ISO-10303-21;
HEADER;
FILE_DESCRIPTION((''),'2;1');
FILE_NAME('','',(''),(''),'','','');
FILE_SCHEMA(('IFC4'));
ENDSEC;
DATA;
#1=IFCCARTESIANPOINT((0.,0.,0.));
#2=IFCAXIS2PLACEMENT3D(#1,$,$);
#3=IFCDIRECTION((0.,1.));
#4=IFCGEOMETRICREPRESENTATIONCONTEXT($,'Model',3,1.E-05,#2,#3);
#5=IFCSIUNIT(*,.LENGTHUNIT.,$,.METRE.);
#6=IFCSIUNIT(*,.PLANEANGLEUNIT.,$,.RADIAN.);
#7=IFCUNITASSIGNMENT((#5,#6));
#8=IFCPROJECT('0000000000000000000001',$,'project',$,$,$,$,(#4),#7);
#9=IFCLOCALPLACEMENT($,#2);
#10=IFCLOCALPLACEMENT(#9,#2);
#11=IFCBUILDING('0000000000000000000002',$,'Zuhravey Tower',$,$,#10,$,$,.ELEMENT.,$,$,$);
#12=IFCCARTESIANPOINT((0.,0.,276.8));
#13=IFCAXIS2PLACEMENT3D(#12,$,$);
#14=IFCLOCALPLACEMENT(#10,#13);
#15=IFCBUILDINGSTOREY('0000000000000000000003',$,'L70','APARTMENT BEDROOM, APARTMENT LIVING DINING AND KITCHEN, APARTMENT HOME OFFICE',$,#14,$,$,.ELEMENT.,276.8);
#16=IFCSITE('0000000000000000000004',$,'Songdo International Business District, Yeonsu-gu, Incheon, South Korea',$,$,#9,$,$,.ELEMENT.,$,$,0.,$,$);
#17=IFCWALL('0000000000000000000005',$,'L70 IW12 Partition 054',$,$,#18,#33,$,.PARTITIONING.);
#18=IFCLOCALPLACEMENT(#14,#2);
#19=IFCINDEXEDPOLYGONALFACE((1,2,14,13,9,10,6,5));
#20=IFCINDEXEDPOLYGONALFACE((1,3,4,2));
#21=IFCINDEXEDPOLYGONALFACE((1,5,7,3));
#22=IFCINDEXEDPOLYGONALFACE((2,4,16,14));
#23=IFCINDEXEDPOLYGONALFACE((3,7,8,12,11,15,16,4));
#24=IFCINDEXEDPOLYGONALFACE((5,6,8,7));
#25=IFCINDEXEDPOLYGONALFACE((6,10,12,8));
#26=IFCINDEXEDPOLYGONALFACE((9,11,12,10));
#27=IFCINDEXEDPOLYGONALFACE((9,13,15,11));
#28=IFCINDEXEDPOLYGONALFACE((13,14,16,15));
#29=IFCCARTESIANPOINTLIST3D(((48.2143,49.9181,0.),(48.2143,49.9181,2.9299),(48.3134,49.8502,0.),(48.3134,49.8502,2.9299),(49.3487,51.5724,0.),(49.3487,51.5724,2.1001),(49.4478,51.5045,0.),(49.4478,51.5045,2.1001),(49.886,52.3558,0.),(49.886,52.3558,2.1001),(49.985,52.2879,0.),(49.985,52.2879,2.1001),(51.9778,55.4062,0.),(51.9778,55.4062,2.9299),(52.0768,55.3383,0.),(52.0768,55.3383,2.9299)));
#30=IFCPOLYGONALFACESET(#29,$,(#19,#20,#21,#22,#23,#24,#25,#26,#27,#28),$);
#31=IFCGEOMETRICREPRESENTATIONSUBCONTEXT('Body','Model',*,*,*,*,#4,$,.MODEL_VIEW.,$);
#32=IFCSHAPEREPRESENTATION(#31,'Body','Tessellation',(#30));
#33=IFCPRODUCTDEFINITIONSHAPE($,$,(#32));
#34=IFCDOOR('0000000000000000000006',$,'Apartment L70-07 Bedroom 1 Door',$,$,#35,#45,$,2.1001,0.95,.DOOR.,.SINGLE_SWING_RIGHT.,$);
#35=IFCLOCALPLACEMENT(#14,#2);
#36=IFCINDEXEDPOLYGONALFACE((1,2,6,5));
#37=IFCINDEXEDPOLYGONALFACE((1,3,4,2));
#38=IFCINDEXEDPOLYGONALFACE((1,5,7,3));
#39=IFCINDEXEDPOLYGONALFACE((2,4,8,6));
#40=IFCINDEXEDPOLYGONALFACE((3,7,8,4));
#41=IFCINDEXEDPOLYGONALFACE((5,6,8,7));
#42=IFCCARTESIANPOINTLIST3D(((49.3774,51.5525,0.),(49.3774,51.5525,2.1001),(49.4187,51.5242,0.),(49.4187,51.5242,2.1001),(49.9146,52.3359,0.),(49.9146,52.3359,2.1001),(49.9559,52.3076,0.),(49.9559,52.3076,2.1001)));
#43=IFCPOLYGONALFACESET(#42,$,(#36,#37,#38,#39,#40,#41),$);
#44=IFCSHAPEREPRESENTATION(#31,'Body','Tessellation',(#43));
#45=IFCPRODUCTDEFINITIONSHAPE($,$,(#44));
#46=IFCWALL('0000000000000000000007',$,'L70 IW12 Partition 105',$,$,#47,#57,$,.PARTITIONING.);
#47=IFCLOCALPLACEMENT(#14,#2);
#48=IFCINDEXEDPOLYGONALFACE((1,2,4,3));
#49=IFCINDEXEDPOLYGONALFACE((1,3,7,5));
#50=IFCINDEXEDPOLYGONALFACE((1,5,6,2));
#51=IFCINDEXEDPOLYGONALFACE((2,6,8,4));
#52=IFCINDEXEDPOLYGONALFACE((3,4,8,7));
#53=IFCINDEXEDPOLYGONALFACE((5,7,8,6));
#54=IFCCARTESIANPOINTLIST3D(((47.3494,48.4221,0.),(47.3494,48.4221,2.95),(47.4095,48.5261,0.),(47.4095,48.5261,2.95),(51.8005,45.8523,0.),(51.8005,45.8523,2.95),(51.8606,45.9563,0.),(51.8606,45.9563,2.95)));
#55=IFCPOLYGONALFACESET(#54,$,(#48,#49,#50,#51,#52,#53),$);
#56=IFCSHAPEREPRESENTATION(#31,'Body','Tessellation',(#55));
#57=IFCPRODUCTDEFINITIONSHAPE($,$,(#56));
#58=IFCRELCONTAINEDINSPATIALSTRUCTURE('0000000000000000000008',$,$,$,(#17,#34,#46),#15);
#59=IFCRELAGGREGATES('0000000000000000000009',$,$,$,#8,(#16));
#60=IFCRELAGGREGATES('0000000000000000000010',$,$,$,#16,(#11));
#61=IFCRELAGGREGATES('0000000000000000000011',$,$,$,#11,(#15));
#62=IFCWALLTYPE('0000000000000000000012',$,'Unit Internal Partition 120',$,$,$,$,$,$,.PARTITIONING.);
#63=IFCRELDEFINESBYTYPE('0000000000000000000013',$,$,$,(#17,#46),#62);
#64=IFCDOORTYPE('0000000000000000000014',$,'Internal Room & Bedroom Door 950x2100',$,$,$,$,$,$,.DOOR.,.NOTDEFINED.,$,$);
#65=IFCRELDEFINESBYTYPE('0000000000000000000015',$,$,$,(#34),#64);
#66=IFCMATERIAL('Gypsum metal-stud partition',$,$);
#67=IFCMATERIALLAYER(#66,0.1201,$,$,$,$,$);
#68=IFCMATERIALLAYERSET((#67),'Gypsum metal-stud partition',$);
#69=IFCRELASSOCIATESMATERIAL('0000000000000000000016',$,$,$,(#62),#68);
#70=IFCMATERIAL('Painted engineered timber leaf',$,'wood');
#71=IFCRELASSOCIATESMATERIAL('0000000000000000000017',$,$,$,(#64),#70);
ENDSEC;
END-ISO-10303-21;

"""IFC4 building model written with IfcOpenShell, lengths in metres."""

from ifc_helpers import new_model, si_unit, direction, frame, frame_2d, origin, place, context, subcontext, project, spatial, rectangle, extrude, material, layer, layer_set, type_object, element, fill, save


model = new_model("IFC4")

# Units and contexts
model_context = context("Model", 3, precision=1e-05, world=origin(), true_north=direction((0.0, 1.0)))
body_context = subcontext(model_context, "Body", "Model", "MODEL_VIEW")
ifc_project = project(units=[si_unit("LENGTHUNIT", "METRE"), si_unit("PLANEANGLEUNIT", "RADIAN")], contexts=[model_context])

# Site, building, storey
site_placement = place(None, origin())
site = spatial("IfcSite", under=ifc_project, at=site_placement, Name="Songdo International Business District, Yeonsu-gu, Incheon, South Korea", CompositionType="ELEMENT", RefElevation=0.0)
building_placement = place(site_placement, origin())
building = spatial("IfcBuilding", under=site, at=building_placement, Name="Zuhravey Tower", CompositionType="ELEMENT")
storey_placement = place(building_placement, frame((0.0, 0.0, 276.8)))
storey = spatial("IfcBuildingStorey", under=building, at=storey_placement, Name="L70", Description="APARTMENT BEDROOM, APARTMENT LIVING DINING AND KITCHEN, APARTMENT HOME OFFICE", CompositionType="ELEMENT", Elevation=276.8)

# Shared definitions
ifc_material_1 = material(Name="Gypsum metal-stud partition")
ifc_layer_1 = layer(ifc_material_1, 0.1201)
ifc_layer_set_1 = layer_set([ifc_layer_1], Name="Gypsum metal-stud partition")
wall_type_1 = type_object("IfcWallType", Name="Unit Internal Partition 120", PredefinedType="PARTITIONING", material=ifc_layer_set_1)
ifc_material_2 = material(Name="Painted engineered timber leaf", Category="wood")
door_type = type_object("IfcDoorType", Name="Internal Room & Bedroom Door 950x2100", OperationType="NOTDEFINED", PredefinedType="DOOR", material=ifc_material_2)

# Wall, opening, door
wall_1_placement = place(storey_placement, frame((48.2639, 49.8843, 0.0), z_axis=(0.0, 0.0, 1.0), x_axis=(0.565549, 0.824715, 0.0)))
wall_1 = element("IfcWall", 1, at=wall_1_placement, inside=storey, type_object=wall_type_1, Name="L70 IW12 Partition 054", PredefinedType="PARTITIONING", context=body_context, shape_type="SweptSolid", body=[
    extrude(rectangle(XDim=6.6545, YDim=0.1201, at=frame_2d((3.3271, 0.0))), origin(), (0.0, 0.0, 1.0), 2.9299),
])
opening_1_placement = place(wall_1_placement, frame((2.0056, 0.0, 0.0)))
opening_1 = element("IfcOpeningElement", 2, at=opening_1_placement, cuts=wall_1, PredefinedType="OPENING", context=body_context, shape_type="SweptSolid", body=[
    extrude(rectangle(XDim=0.95, YDim=2.1001, at=frame_2d((0.4751, 1.05))), frame((0.0, 0.072, 0.0), z_axis=(0.0, -1.0, 0.0), x_axis=(1.0, 0.0, 0.0)), (0.0, 0.0, 1.0), 0.144),
])
door_1_placement = place(opening_1_placement, frame((0.95, 0.0, 0.0), z_axis=(0.0, 0.0, 1.0), x_axis=(-1.0, 0.0, 0.0)))
door_1 = element("IfcDoor", 3, at=door_1_placement, inside=storey, type_object=door_type, Name="Apartment L70-07 Bedroom 1 Door", OperationType="SINGLE_SWING_RIGHT", OverallHeight=2.1001, OverallWidth=0.95, PredefinedType="DOOR", context=body_context, shape_type="SweptSolid", body=[
    extrude(rectangle(XDim=0.95, YDim=2.1001, at=frame_2d((0.4751, 1.05))), frame((0.0, 0.0249, 0.0), z_axis=(0.0, -1.0, 0.0), x_axis=(1.0, 0.0, 0.0)), (0.0, 0.0, 1.0), 0.05),
])
fill(opening_1, door_1)

# Wall
wall_2_placement = place(storey_placement, frame((51.8306, 45.9043, 0.0), z_axis=(0.0, 0.0, 1.0), x_axis=(-0.866031, 0.499991, 0.0)))
element("IfcWall", 4, at=wall_2_placement, inside=storey, type_object=wall_type_1, Name="L70 IW12 Partition 105", PredefinedType="PARTITIONING", context=body_context, shape_type="SweptSolid", body=[
    extrude(rectangle(XDim=5.1396, YDim=0.1201, at=frame_2d((2.5698, 0.0))), origin(), (0.0, 0.0, 1.0), 2.95),
])

save(model, "model.ifc")
